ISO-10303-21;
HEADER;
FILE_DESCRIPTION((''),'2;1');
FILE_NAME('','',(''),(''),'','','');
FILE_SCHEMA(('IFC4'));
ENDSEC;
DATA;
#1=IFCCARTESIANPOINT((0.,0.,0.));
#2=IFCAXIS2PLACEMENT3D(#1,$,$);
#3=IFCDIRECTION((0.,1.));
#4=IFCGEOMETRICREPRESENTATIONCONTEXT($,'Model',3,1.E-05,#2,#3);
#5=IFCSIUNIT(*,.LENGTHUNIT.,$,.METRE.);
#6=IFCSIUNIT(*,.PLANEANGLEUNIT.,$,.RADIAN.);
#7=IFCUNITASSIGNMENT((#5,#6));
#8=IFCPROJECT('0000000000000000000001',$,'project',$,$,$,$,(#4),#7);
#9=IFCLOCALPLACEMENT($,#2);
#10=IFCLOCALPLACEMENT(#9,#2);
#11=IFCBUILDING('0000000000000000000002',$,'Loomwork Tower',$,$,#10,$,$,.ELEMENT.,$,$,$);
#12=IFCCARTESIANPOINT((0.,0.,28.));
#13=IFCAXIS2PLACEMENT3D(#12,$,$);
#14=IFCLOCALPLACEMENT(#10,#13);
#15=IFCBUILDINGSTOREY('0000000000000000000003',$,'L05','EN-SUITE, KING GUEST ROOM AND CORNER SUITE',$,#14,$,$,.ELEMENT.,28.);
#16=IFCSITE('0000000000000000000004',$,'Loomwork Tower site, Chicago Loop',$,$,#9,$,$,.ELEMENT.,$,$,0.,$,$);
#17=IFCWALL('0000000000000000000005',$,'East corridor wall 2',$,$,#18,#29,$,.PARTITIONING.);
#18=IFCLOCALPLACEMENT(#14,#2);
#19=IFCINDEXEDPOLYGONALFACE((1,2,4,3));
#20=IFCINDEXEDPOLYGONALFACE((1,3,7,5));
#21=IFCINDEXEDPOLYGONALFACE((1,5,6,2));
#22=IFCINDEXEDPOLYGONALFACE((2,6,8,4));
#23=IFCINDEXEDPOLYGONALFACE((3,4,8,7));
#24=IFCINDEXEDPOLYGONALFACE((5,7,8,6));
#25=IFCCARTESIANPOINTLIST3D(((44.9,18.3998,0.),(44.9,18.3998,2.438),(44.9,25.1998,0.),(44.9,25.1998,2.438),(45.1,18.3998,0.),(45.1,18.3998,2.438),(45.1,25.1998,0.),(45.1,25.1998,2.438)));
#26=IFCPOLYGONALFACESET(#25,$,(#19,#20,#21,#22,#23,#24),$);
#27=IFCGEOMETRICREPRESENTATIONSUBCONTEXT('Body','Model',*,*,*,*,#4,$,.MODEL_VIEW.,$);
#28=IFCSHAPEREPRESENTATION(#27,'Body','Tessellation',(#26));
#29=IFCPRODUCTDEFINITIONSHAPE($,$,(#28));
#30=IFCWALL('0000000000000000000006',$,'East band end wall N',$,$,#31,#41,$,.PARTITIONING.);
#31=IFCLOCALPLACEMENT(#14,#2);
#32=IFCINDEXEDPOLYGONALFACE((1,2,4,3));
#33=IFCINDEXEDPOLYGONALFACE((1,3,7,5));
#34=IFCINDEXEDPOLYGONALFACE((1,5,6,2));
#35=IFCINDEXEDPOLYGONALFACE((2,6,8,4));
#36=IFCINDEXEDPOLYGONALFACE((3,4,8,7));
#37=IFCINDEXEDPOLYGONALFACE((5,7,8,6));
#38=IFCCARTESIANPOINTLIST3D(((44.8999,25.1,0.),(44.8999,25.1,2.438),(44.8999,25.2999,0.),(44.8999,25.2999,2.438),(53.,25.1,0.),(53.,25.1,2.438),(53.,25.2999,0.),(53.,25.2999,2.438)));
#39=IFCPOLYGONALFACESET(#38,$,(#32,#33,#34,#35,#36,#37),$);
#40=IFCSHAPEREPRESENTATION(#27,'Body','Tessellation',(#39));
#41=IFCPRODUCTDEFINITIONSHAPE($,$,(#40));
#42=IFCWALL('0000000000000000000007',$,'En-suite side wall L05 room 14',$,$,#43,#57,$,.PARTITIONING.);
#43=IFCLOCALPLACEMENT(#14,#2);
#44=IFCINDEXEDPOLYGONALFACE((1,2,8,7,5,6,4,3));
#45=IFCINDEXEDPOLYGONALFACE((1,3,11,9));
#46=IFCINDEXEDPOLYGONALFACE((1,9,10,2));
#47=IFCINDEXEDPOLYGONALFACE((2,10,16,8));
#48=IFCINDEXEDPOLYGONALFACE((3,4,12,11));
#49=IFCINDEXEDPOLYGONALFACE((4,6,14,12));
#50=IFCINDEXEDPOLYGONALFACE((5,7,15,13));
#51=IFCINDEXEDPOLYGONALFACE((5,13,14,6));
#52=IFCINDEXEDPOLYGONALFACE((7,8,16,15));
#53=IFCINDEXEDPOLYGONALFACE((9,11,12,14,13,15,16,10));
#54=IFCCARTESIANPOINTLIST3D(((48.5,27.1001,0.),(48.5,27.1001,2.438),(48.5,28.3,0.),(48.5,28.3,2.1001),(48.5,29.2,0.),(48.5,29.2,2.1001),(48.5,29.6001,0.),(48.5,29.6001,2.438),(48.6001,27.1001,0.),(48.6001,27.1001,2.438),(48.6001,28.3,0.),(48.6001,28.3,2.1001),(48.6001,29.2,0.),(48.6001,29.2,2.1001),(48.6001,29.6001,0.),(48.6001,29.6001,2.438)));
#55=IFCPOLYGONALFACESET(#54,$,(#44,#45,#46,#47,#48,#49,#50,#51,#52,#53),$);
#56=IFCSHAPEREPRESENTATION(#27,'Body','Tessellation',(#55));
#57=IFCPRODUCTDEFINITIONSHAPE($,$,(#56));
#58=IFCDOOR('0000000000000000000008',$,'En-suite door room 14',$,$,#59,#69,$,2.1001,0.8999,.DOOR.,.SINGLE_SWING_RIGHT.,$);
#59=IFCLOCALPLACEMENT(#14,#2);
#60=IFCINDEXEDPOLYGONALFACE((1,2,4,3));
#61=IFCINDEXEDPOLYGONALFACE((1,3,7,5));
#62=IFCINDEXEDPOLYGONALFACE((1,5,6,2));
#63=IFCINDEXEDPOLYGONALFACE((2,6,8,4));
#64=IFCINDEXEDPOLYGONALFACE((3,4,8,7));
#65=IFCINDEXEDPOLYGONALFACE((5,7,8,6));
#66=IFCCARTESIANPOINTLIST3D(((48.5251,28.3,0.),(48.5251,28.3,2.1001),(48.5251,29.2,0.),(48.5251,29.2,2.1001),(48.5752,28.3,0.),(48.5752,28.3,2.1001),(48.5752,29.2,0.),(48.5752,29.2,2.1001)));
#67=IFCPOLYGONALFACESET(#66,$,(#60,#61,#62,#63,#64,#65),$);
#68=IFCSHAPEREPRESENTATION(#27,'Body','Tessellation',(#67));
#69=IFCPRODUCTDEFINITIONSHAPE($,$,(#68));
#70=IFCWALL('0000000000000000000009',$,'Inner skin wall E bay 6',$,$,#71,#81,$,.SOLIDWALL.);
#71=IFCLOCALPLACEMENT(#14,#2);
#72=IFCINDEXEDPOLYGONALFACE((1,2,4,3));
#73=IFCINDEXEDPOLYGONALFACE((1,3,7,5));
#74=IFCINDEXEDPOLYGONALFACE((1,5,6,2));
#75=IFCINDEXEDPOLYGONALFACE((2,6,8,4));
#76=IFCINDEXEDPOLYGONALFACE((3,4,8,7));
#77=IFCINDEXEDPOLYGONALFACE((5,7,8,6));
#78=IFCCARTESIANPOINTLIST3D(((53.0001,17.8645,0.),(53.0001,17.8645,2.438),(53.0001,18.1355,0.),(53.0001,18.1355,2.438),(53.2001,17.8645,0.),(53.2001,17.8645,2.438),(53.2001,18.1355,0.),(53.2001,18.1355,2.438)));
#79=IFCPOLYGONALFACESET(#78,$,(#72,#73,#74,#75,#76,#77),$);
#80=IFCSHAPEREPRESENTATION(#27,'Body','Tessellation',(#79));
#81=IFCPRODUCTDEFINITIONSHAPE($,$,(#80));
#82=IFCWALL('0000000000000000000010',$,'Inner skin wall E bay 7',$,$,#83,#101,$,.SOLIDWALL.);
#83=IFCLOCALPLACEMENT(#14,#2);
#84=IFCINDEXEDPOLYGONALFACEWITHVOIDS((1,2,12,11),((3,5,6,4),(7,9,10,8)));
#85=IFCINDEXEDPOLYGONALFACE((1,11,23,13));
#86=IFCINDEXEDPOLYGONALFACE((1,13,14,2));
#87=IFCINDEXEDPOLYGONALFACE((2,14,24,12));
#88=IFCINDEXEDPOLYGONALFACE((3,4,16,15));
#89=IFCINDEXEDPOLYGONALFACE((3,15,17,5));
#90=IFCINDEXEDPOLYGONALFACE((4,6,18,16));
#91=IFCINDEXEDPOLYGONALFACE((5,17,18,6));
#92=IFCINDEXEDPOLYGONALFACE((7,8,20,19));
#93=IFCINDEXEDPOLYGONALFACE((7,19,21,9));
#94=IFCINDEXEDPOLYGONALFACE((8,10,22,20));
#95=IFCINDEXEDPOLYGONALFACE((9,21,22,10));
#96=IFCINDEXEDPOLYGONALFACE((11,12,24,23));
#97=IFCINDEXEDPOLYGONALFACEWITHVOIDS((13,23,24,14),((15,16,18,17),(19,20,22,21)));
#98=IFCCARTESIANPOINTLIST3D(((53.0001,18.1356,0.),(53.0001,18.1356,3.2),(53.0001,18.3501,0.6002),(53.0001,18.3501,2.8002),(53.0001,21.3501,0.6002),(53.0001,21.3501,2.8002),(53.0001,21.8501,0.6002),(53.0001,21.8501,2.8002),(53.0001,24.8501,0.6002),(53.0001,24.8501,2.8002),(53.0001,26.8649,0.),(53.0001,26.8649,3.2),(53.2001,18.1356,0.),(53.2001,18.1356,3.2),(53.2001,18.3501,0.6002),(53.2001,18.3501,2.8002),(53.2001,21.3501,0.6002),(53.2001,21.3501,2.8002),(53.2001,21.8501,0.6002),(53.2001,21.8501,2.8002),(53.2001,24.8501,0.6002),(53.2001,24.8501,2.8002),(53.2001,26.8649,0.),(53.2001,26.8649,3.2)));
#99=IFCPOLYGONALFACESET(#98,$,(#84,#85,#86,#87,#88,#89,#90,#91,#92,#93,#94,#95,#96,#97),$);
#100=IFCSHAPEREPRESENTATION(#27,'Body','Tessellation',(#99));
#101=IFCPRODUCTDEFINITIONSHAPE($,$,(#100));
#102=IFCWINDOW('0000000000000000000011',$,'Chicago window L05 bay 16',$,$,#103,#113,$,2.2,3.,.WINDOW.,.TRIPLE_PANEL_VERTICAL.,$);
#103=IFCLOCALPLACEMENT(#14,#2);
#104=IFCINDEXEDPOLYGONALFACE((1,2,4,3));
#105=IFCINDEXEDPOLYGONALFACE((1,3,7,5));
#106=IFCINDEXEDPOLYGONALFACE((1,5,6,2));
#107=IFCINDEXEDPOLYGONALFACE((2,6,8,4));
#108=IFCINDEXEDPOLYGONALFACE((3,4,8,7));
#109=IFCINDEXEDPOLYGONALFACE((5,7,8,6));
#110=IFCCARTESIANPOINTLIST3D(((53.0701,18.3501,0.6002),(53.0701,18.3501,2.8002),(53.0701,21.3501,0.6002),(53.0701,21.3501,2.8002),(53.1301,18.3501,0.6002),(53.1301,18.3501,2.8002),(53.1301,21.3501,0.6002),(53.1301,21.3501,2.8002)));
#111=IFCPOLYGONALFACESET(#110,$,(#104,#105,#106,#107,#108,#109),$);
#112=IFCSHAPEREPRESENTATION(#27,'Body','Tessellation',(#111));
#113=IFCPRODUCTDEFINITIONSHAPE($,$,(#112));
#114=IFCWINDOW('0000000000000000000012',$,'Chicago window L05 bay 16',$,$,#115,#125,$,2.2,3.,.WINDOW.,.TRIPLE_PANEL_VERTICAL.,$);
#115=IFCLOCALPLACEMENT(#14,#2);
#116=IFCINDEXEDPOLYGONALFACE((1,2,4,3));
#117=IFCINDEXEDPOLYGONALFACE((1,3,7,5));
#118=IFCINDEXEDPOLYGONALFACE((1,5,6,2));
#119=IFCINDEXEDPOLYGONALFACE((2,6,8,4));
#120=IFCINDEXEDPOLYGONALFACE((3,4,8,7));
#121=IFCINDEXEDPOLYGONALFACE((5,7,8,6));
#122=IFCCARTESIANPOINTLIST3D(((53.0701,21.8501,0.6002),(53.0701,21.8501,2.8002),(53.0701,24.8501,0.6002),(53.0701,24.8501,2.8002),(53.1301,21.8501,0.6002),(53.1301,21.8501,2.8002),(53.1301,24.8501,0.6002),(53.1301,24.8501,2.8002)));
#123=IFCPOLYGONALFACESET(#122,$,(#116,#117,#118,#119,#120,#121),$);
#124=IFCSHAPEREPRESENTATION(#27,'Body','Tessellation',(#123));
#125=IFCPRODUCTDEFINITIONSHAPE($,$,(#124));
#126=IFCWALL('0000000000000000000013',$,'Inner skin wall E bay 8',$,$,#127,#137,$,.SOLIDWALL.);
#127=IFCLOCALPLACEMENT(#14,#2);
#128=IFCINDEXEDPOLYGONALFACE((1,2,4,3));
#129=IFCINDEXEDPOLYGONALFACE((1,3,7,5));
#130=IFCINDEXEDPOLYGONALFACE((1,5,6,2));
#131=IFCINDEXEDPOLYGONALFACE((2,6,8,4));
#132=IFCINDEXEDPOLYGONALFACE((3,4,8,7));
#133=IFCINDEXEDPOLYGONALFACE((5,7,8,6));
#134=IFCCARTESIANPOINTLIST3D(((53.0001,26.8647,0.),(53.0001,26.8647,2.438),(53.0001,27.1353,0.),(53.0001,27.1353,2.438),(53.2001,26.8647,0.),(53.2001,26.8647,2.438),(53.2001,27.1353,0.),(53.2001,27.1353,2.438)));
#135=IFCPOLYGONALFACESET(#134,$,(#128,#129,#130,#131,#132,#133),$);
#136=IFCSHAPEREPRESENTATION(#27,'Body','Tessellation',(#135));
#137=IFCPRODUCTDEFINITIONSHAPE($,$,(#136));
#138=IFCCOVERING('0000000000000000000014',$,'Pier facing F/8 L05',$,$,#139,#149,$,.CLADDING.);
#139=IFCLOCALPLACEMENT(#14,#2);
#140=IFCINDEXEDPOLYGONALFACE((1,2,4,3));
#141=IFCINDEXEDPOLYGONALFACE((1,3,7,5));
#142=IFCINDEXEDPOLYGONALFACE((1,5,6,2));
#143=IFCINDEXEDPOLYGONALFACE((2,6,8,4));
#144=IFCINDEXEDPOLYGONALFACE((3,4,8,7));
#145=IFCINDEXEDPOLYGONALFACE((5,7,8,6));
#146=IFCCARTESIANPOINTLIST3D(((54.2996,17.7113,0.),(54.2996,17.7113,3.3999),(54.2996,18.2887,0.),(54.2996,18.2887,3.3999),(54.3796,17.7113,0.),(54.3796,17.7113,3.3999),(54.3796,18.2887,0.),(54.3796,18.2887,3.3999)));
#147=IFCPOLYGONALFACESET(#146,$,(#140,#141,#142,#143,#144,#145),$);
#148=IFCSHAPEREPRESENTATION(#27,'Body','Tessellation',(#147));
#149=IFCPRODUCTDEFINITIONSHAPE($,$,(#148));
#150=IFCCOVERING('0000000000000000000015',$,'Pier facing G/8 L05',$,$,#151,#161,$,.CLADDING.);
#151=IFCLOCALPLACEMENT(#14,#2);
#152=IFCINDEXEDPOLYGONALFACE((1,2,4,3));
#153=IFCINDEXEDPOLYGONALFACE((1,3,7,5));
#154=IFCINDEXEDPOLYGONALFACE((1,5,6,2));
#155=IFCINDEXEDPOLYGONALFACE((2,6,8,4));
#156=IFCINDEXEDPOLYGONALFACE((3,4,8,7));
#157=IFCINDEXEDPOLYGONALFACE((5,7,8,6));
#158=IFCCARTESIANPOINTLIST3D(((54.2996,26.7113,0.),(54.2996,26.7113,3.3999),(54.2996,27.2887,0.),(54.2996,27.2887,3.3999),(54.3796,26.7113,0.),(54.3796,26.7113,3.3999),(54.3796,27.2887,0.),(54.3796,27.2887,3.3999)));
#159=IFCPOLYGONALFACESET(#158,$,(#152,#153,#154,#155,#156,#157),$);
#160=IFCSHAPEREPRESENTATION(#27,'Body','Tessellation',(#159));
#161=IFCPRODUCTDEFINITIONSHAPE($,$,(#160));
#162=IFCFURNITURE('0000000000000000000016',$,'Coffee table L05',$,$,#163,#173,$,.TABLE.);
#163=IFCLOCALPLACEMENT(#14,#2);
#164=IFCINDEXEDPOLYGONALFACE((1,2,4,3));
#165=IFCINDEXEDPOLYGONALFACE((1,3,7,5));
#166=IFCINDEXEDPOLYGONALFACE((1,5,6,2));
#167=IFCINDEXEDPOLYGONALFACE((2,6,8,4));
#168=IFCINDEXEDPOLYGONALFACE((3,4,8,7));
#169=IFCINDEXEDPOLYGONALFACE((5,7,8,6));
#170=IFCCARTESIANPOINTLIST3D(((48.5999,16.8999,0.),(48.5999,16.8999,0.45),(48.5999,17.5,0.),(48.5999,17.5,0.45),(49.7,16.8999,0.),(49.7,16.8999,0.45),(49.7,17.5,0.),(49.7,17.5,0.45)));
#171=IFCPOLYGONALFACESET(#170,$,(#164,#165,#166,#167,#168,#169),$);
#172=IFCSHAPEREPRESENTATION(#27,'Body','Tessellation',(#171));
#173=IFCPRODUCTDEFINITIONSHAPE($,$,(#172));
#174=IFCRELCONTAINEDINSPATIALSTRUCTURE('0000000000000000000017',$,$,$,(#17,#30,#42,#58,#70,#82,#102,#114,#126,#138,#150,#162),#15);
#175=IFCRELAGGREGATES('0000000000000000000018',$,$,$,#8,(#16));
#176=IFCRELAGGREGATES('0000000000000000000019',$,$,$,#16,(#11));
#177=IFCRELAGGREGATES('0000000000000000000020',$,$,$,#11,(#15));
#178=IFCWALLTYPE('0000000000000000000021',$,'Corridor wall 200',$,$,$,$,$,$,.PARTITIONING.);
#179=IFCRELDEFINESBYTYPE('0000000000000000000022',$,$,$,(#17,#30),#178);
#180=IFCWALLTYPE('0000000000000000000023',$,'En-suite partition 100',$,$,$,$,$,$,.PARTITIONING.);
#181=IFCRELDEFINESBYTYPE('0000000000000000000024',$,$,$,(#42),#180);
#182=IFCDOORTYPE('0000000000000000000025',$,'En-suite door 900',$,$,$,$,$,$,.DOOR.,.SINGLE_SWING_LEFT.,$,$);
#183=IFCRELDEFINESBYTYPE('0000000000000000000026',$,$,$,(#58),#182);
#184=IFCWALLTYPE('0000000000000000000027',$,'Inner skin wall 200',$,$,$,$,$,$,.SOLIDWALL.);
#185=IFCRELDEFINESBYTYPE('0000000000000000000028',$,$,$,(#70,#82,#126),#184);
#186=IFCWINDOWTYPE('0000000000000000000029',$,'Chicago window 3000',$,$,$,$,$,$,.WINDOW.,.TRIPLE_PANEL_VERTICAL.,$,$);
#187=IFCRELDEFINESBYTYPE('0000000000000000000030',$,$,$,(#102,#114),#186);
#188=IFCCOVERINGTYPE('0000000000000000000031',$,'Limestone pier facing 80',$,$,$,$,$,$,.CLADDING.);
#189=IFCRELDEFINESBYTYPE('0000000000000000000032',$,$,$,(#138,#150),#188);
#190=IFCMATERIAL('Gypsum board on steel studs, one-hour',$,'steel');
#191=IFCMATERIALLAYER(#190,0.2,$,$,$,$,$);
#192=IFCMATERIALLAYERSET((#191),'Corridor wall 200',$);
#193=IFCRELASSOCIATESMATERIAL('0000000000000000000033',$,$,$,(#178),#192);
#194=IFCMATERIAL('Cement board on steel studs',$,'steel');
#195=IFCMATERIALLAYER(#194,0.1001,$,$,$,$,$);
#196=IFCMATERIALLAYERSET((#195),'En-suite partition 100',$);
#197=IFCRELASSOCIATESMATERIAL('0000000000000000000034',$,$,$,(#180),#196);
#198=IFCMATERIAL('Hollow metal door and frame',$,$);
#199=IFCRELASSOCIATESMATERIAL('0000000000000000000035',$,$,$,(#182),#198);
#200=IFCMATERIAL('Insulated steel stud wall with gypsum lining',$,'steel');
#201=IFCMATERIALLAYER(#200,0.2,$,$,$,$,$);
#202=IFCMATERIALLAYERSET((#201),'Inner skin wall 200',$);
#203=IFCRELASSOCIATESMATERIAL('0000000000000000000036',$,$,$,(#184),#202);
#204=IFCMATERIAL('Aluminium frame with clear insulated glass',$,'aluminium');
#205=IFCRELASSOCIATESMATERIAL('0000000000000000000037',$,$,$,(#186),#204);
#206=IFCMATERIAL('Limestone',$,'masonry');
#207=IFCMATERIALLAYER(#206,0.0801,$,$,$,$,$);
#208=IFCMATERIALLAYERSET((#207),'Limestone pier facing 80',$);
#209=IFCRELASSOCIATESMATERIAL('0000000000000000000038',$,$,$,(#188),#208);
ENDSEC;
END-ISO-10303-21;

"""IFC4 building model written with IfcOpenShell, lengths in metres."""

from ifc_helpers import new_model, si_unit, direction, frame, frame_2d, origin, origin_2d, place, context, subcontext, project, spatial, rectangle, extrude, material, layer, layer_set, type_object, element, fill, save


model = new_model("IFC4")

# Units and contexts
model_context = context("Model", 3, precision=1e-05, world=origin(), true_north=direction((0.0, 1.0)))
body_context = subcontext(model_context, "Body", "Model", "MODEL_VIEW")
ifc_project = project(units=[si_unit("LENGTHUNIT", "METRE"), si_unit("PLANEANGLEUNIT", "RADIAN")], contexts=[model_context])

# Site, building, storey
site_placement = place(None, origin())
site = spatial("IfcSite", under=ifc_project, at=site_placement, Name="Loomwork Tower site, Chicago Loop", CompositionType="ELEMENT", RefElevation=0.0)
building_placement = place(site_placement, origin())
building = spatial("IfcBuilding", under=site, at=building_placement, Name="Loomwork Tower", CompositionType="ELEMENT")
storey_placement = place(building_placement, frame((0.0, 0.0, 28.0)))
storey = spatial("IfcBuildingStorey", under=building, at=storey_placement, Name="L05", Description="EN-SUITE, KING GUEST ROOM AND CORNER SUITE", CompositionType="ELEMENT", Elevation=28.0)

# Shared definitions
ifc_material_1 = material(Name="Gypsum board on steel studs, one-hour", Category="steel")
ifc_layer_1 = layer(ifc_material_1, 0.2)
ifc_layer_set_1 = layer_set([ifc_layer_1], Name="Corridor wall 200")
wall_type_1 = type_object("IfcWallType", Name="Corridor wall 200", PredefinedType="PARTITIONING", material=ifc_layer_set_1)

# Walls
wall_1_placement = place(storey_placement, frame((45.0, 18.3999, 0.0), z_axis=(0.0, 0.0, 1.0), x_axis=(0.0, 1.0, 0.0)))
element("IfcWall", 1, at=wall_1_placement, inside=storey, type_object=wall_type_1, Name="East corridor wall 2", PredefinedType="PARTITIONING", context=body_context, shape_type="SweptSolid", body=[
    extrude(rectangle(XDim=6.8, YDim=0.2, at=frame_2d((3.3999, 0.0))), origin(), (0.0, 0.0, 1.0), 2.438),
])
wall_2_placement = place(storey_placement, frame((44.8999, 25.2, 0.0), z_axis=(0.0, 0.0, 1.0), x_axis=(1.0, 0.0, 0.0)))
element("IfcWall", 2, at=wall_2_placement, inside=storey, type_object=wall_type_1, Name="East band end wall N", PredefinedType="PARTITIONING", context=body_context, shape_type="SweptSolid", body=[
    extrude(rectangle(XDim=8.1001, YDim=0.2, at=frame_2d((4.05, 0.0))), origin(), (0.0, 0.0, 1.0), 2.438),
])

# Wall, opening, door
ifc_material_2 = material(Name="Cement board on steel studs", Category="steel")
ifc_layer_2 = layer(ifc_material_2, 0.1001)
ifc_layer_set_2 = layer_set([ifc_layer_2], Name="En-suite partition 100")
wall_type_2 = type_object("IfcWallType", Name="En-suite partition 100", PredefinedType="PARTITIONING", material=ifc_layer_set_2)
wall_3_placement = place(storey_placement, frame((48.55, 27.1001, 0.0), z_axis=(0.0, 0.0, 1.0), x_axis=(0.0, 1.0, 0.0)))
wall_3 = element("IfcWall", 3, at=wall_3_placement, inside=storey, type_object=wall_type_2, Name="En-suite side wall L05 room 14", PredefinedType="PARTITIONING", context=body_context, shape_type="SweptSolid", body=[
    extrude(rectangle(XDim=2.5, YDim=0.1001, at=frame_2d((1.25, 0.0))), origin(), (0.0, 0.0, 1.0), 2.438),
])
opening_1_placement = place(wall_3_placement, frame((1.2, 0.0, 0.0)))
opening_1 = element("IfcOpeningElement", 4, at=opening_1_placement, cuts=wall_3, PredefinedType="OPENING", context=body_context, shape_type="SweptSolid", body=[
    extrude(rectangle(XDim=0.8999, YDim=2.1001, at=frame_2d((0.45, 1.05))), frame((0.0, 0.0601, 0.0), z_axis=(0.0, -1.0, 0.0), x_axis=(1.0, 0.0, 0.0)), (0.0, 0.0, 1.0), 0.1201),
])
ifc_material_3 = material(Name="Hollow metal door and frame")
door_type_1 = type_object("IfcDoorType", Name="En-suite door 900", OperationType="SINGLE_SWING_LEFT", PredefinedType="DOOR", material=ifc_material_3)
door_1_placement = place(opening_1_placement, origin())
door_1 = element("IfcDoor", 5, at=door_1_placement, inside=storey, type_object=door_type_1, Name="En-suite door room 14", OperationType="SINGLE_SWING_RIGHT", OverallHeight=2.1001, OverallWidth=0.8999, PredefinedType="DOOR", context=body_context, shape_type="SweptSolid", body=[
    extrude(rectangle(XDim=0.8999, YDim=2.1001, at=frame_2d((0.45, 1.05))), frame((0.0, 0.0249, 0.0), z_axis=(0.0, -1.0, 0.0), x_axis=(1.0, 0.0, 0.0)), (0.0, 0.0, 1.0), 0.05),
])
fill(opening_1, door_1)

# Wall
ifc_material_4 = material(Name="Insulated steel stud wall with gypsum lining", Category="steel")
ifc_layer_3 = layer(ifc_material_4, 0.2)
ifc_layer_set_3 = layer_set([ifc_layer_3], Name="Inner skin wall 200")
wall_type_3 = type_object("IfcWallType", Name="Inner skin wall 200", PredefinedType="SOLIDWALL", material=ifc_layer_set_3)
wall_4_placement = place(storey_placement, frame((53.1001, 17.8645, 0.0), z_axis=(0.0, 0.0, 1.0), x_axis=(0.0, 1.0, 0.0)))
element("IfcWall", 6, at=wall_4_placement, inside=storey, type_object=wall_type_3, Name="Inner skin wall E bay 6", PredefinedType="SOLIDWALL", context=body_context, shape_type="SweptSolid", body=[
    extrude(rectangle(XDim=0.271, YDim=0.2, at=frame_2d((0.1355, 0.0))), origin(), (0.0, 0.0, 1.0), 2.438),
])

# Wall, openings, windows
wall_5_placement = place(storey_placement, frame((53.1001, 18.1355, 0.0), z_axis=(0.0, 0.0, 1.0), x_axis=(0.0, 1.0, 0.0)))
wall_5 = element("IfcWall", 7, at=wall_5_placement, inside=storey, type_object=wall_type_3, Name="Inner skin wall E bay 7", PredefinedType="SOLIDWALL", context=body_context, shape_type="SweptSolid", body=[
    extrude(rectangle(XDim=8.7292, YDim=0.2, at=frame_2d((4.3647, 0.0))), origin(), (0.0, 0.0, 1.0), 3.2),
])
opening_2_placement = place(wall_5_placement, frame((0.2146, 0.0, 0.6001)))
opening_2 = element("IfcOpeningElement", 8, at=opening_2_placement, cuts=wall_5, PredefinedType="OPENING", context=body_context, shape_type="SweptSolid", body=[
    extrude(rectangle(XDim=3.0, YDim=2.2, at=frame_2d((1.5, 1.1001))), frame((0.0, 0.1099, 0.0), z_axis=(0.0, -1.0, 0.0), x_axis=(1.0, 0.0, 0.0)), (0.0, 0.0, 1.0), 0.22),
])
opening_3_placement = place(wall_5_placement, frame((3.7146, 0.0, 0.6001)))
opening_3 = element("IfcOpeningElement", 9, at=opening_3_placement, cuts=wall_5, PredefinedType="OPENING", context=body_context, shape_type="SweptSolid", body=[
    extrude(rectangle(XDim=3.0, YDim=2.2, at=frame_2d((1.5, 1.1001))), frame((0.0, 0.1099, 0.0), z_axis=(0.0, -1.0, 0.0), x_axis=(1.0, 0.0, 0.0)), (0.0, 0.0, 1.0), 0.22),
])
ifc_material_5 = material(Name="Aluminium frame with clear insulated glass", Category="aluminium")
window_type = type_object("IfcWindowType", Name="Chicago window 3000", PartitioningType="TRIPLE_PANEL_VERTICAL", PredefinedType="WINDOW", material=ifc_material_5)
window_1_placement = place(opening_2_placement, origin())
window_1 = element("IfcWindow", 10, at=window_1_placement, inside=storey, type_object=window_type, Name="Chicago window L05 bay 16", OverallHeight=2.2, OverallWidth=3.0, PartitioningType="TRIPLE_PANEL_VERTICAL", PredefinedType="WINDOW", context=body_context, shape_type="SweptSolid", body=[
    extrude(rectangle(XDim=3.0, YDim=2.2, at=frame_2d((1.5, 1.1001))), frame((0.0, 0.03, 0.0), z_axis=(0.0, -1.0, 0.0), x_axis=(1.0, 0.0, 0.0)), (0.0, 0.0, 1.0), 0.0601),
])
fill(opening_2, window_1)
window_2_placement = place(opening_3_placement, origin())
window_2 = element("IfcWindow", 11, at=window_2_placement, inside=storey, type_object=window_type, Name="Chicago window L05 bay 16", OverallHeight=2.2, OverallWidth=3.0, PartitioningType="TRIPLE_PANEL_VERTICAL", PredefinedType="WINDOW", context=body_context, shape_type="SweptSolid", body=[
    extrude(rectangle(XDim=3.0, YDim=2.2, at=frame_2d((1.5, 1.1001))), frame((0.0, 0.03, 0.0), z_axis=(0.0, -1.0, 0.0), x_axis=(1.0, 0.0, 0.0)), (0.0, 0.0, 1.0), 0.0601),
])
fill(opening_3, window_2)

# Wall
wall_6_placement = place(storey_placement, frame((53.1001, 26.8647, 0.0), z_axis=(0.0, 0.0, 1.0), x_axis=(0.0, 1.0, 0.0)))
element("IfcWall", 12, at=wall_6_placement, inside=storey, type_object=wall_type_3, Name="Inner skin wall E bay 8", PredefinedType="SOLIDWALL", context=body_context, shape_type="SweptSolid", body=[
    extrude(rectangle(XDim=0.2705, YDim=0.2, at=frame_2d((0.1353, 0.0))), origin(), (0.0, 0.0, 1.0), 2.438),
])

# Coverings
ifc_material_6 = material(Name="Limestone", Category="masonry")
ifc_layer_4 = layer(ifc_material_6, 0.0801)
ifc_layer_set_4 = layer_set([ifc_layer_4], Name="Limestone pier facing 80")
covering_type = type_object("IfcCoveringType", Name="Limestone pier facing 80", PredefinedType="CLADDING", material=ifc_layer_set_4)
for number, where, z_axis, x_axis, name in (
    (13, (54.3396, 18.0, 0.0), (0.0, 0.0, 1.0), (1.0, 0.0, 0.0), "Pier facing F/8 L05"),
    (14, (54.3396, 27.0, 0.0), (0.0, 0.0, 1.0), (1.0, 0.0, 0.0), "Pier facing G/8 L05"),
):
    element("IfcCovering", number, at=place(storey_placement, frame(where, z_axis=z_axis, x_axis=x_axis)), inside=storey, type_object=covering_type, Name=name, PredefinedType="CLADDING", context=body_context, shape_type="SweptSolid", body=[
        extrude(rectangle(XDim=0.0801, YDim=0.5774, at=origin_2d()), origin(), (0.0, 0.0, 1.0), 3.3999),
    ])

# Furniture
furniture_1_placement = place(storey_placement, frame((49.1499, 17.2, 0.0), z_axis=(0.0, 0.0, 1.0), x_axis=(1.0, 0.0, 0.0)))
element("IfcFurniture", 15, at=furniture_1_placement, inside=storey, Name="Coffee table L05", PredefinedType="TABLE", context=body_context, shape_type="SweptSolid", body=[
    extrude(rectangle(XDim=1.1001, YDim=0.6001, at=origin_2d()), origin(), (0.0, 0.0, 1.0), 0.45),
])

save(model, "model.ifc")
